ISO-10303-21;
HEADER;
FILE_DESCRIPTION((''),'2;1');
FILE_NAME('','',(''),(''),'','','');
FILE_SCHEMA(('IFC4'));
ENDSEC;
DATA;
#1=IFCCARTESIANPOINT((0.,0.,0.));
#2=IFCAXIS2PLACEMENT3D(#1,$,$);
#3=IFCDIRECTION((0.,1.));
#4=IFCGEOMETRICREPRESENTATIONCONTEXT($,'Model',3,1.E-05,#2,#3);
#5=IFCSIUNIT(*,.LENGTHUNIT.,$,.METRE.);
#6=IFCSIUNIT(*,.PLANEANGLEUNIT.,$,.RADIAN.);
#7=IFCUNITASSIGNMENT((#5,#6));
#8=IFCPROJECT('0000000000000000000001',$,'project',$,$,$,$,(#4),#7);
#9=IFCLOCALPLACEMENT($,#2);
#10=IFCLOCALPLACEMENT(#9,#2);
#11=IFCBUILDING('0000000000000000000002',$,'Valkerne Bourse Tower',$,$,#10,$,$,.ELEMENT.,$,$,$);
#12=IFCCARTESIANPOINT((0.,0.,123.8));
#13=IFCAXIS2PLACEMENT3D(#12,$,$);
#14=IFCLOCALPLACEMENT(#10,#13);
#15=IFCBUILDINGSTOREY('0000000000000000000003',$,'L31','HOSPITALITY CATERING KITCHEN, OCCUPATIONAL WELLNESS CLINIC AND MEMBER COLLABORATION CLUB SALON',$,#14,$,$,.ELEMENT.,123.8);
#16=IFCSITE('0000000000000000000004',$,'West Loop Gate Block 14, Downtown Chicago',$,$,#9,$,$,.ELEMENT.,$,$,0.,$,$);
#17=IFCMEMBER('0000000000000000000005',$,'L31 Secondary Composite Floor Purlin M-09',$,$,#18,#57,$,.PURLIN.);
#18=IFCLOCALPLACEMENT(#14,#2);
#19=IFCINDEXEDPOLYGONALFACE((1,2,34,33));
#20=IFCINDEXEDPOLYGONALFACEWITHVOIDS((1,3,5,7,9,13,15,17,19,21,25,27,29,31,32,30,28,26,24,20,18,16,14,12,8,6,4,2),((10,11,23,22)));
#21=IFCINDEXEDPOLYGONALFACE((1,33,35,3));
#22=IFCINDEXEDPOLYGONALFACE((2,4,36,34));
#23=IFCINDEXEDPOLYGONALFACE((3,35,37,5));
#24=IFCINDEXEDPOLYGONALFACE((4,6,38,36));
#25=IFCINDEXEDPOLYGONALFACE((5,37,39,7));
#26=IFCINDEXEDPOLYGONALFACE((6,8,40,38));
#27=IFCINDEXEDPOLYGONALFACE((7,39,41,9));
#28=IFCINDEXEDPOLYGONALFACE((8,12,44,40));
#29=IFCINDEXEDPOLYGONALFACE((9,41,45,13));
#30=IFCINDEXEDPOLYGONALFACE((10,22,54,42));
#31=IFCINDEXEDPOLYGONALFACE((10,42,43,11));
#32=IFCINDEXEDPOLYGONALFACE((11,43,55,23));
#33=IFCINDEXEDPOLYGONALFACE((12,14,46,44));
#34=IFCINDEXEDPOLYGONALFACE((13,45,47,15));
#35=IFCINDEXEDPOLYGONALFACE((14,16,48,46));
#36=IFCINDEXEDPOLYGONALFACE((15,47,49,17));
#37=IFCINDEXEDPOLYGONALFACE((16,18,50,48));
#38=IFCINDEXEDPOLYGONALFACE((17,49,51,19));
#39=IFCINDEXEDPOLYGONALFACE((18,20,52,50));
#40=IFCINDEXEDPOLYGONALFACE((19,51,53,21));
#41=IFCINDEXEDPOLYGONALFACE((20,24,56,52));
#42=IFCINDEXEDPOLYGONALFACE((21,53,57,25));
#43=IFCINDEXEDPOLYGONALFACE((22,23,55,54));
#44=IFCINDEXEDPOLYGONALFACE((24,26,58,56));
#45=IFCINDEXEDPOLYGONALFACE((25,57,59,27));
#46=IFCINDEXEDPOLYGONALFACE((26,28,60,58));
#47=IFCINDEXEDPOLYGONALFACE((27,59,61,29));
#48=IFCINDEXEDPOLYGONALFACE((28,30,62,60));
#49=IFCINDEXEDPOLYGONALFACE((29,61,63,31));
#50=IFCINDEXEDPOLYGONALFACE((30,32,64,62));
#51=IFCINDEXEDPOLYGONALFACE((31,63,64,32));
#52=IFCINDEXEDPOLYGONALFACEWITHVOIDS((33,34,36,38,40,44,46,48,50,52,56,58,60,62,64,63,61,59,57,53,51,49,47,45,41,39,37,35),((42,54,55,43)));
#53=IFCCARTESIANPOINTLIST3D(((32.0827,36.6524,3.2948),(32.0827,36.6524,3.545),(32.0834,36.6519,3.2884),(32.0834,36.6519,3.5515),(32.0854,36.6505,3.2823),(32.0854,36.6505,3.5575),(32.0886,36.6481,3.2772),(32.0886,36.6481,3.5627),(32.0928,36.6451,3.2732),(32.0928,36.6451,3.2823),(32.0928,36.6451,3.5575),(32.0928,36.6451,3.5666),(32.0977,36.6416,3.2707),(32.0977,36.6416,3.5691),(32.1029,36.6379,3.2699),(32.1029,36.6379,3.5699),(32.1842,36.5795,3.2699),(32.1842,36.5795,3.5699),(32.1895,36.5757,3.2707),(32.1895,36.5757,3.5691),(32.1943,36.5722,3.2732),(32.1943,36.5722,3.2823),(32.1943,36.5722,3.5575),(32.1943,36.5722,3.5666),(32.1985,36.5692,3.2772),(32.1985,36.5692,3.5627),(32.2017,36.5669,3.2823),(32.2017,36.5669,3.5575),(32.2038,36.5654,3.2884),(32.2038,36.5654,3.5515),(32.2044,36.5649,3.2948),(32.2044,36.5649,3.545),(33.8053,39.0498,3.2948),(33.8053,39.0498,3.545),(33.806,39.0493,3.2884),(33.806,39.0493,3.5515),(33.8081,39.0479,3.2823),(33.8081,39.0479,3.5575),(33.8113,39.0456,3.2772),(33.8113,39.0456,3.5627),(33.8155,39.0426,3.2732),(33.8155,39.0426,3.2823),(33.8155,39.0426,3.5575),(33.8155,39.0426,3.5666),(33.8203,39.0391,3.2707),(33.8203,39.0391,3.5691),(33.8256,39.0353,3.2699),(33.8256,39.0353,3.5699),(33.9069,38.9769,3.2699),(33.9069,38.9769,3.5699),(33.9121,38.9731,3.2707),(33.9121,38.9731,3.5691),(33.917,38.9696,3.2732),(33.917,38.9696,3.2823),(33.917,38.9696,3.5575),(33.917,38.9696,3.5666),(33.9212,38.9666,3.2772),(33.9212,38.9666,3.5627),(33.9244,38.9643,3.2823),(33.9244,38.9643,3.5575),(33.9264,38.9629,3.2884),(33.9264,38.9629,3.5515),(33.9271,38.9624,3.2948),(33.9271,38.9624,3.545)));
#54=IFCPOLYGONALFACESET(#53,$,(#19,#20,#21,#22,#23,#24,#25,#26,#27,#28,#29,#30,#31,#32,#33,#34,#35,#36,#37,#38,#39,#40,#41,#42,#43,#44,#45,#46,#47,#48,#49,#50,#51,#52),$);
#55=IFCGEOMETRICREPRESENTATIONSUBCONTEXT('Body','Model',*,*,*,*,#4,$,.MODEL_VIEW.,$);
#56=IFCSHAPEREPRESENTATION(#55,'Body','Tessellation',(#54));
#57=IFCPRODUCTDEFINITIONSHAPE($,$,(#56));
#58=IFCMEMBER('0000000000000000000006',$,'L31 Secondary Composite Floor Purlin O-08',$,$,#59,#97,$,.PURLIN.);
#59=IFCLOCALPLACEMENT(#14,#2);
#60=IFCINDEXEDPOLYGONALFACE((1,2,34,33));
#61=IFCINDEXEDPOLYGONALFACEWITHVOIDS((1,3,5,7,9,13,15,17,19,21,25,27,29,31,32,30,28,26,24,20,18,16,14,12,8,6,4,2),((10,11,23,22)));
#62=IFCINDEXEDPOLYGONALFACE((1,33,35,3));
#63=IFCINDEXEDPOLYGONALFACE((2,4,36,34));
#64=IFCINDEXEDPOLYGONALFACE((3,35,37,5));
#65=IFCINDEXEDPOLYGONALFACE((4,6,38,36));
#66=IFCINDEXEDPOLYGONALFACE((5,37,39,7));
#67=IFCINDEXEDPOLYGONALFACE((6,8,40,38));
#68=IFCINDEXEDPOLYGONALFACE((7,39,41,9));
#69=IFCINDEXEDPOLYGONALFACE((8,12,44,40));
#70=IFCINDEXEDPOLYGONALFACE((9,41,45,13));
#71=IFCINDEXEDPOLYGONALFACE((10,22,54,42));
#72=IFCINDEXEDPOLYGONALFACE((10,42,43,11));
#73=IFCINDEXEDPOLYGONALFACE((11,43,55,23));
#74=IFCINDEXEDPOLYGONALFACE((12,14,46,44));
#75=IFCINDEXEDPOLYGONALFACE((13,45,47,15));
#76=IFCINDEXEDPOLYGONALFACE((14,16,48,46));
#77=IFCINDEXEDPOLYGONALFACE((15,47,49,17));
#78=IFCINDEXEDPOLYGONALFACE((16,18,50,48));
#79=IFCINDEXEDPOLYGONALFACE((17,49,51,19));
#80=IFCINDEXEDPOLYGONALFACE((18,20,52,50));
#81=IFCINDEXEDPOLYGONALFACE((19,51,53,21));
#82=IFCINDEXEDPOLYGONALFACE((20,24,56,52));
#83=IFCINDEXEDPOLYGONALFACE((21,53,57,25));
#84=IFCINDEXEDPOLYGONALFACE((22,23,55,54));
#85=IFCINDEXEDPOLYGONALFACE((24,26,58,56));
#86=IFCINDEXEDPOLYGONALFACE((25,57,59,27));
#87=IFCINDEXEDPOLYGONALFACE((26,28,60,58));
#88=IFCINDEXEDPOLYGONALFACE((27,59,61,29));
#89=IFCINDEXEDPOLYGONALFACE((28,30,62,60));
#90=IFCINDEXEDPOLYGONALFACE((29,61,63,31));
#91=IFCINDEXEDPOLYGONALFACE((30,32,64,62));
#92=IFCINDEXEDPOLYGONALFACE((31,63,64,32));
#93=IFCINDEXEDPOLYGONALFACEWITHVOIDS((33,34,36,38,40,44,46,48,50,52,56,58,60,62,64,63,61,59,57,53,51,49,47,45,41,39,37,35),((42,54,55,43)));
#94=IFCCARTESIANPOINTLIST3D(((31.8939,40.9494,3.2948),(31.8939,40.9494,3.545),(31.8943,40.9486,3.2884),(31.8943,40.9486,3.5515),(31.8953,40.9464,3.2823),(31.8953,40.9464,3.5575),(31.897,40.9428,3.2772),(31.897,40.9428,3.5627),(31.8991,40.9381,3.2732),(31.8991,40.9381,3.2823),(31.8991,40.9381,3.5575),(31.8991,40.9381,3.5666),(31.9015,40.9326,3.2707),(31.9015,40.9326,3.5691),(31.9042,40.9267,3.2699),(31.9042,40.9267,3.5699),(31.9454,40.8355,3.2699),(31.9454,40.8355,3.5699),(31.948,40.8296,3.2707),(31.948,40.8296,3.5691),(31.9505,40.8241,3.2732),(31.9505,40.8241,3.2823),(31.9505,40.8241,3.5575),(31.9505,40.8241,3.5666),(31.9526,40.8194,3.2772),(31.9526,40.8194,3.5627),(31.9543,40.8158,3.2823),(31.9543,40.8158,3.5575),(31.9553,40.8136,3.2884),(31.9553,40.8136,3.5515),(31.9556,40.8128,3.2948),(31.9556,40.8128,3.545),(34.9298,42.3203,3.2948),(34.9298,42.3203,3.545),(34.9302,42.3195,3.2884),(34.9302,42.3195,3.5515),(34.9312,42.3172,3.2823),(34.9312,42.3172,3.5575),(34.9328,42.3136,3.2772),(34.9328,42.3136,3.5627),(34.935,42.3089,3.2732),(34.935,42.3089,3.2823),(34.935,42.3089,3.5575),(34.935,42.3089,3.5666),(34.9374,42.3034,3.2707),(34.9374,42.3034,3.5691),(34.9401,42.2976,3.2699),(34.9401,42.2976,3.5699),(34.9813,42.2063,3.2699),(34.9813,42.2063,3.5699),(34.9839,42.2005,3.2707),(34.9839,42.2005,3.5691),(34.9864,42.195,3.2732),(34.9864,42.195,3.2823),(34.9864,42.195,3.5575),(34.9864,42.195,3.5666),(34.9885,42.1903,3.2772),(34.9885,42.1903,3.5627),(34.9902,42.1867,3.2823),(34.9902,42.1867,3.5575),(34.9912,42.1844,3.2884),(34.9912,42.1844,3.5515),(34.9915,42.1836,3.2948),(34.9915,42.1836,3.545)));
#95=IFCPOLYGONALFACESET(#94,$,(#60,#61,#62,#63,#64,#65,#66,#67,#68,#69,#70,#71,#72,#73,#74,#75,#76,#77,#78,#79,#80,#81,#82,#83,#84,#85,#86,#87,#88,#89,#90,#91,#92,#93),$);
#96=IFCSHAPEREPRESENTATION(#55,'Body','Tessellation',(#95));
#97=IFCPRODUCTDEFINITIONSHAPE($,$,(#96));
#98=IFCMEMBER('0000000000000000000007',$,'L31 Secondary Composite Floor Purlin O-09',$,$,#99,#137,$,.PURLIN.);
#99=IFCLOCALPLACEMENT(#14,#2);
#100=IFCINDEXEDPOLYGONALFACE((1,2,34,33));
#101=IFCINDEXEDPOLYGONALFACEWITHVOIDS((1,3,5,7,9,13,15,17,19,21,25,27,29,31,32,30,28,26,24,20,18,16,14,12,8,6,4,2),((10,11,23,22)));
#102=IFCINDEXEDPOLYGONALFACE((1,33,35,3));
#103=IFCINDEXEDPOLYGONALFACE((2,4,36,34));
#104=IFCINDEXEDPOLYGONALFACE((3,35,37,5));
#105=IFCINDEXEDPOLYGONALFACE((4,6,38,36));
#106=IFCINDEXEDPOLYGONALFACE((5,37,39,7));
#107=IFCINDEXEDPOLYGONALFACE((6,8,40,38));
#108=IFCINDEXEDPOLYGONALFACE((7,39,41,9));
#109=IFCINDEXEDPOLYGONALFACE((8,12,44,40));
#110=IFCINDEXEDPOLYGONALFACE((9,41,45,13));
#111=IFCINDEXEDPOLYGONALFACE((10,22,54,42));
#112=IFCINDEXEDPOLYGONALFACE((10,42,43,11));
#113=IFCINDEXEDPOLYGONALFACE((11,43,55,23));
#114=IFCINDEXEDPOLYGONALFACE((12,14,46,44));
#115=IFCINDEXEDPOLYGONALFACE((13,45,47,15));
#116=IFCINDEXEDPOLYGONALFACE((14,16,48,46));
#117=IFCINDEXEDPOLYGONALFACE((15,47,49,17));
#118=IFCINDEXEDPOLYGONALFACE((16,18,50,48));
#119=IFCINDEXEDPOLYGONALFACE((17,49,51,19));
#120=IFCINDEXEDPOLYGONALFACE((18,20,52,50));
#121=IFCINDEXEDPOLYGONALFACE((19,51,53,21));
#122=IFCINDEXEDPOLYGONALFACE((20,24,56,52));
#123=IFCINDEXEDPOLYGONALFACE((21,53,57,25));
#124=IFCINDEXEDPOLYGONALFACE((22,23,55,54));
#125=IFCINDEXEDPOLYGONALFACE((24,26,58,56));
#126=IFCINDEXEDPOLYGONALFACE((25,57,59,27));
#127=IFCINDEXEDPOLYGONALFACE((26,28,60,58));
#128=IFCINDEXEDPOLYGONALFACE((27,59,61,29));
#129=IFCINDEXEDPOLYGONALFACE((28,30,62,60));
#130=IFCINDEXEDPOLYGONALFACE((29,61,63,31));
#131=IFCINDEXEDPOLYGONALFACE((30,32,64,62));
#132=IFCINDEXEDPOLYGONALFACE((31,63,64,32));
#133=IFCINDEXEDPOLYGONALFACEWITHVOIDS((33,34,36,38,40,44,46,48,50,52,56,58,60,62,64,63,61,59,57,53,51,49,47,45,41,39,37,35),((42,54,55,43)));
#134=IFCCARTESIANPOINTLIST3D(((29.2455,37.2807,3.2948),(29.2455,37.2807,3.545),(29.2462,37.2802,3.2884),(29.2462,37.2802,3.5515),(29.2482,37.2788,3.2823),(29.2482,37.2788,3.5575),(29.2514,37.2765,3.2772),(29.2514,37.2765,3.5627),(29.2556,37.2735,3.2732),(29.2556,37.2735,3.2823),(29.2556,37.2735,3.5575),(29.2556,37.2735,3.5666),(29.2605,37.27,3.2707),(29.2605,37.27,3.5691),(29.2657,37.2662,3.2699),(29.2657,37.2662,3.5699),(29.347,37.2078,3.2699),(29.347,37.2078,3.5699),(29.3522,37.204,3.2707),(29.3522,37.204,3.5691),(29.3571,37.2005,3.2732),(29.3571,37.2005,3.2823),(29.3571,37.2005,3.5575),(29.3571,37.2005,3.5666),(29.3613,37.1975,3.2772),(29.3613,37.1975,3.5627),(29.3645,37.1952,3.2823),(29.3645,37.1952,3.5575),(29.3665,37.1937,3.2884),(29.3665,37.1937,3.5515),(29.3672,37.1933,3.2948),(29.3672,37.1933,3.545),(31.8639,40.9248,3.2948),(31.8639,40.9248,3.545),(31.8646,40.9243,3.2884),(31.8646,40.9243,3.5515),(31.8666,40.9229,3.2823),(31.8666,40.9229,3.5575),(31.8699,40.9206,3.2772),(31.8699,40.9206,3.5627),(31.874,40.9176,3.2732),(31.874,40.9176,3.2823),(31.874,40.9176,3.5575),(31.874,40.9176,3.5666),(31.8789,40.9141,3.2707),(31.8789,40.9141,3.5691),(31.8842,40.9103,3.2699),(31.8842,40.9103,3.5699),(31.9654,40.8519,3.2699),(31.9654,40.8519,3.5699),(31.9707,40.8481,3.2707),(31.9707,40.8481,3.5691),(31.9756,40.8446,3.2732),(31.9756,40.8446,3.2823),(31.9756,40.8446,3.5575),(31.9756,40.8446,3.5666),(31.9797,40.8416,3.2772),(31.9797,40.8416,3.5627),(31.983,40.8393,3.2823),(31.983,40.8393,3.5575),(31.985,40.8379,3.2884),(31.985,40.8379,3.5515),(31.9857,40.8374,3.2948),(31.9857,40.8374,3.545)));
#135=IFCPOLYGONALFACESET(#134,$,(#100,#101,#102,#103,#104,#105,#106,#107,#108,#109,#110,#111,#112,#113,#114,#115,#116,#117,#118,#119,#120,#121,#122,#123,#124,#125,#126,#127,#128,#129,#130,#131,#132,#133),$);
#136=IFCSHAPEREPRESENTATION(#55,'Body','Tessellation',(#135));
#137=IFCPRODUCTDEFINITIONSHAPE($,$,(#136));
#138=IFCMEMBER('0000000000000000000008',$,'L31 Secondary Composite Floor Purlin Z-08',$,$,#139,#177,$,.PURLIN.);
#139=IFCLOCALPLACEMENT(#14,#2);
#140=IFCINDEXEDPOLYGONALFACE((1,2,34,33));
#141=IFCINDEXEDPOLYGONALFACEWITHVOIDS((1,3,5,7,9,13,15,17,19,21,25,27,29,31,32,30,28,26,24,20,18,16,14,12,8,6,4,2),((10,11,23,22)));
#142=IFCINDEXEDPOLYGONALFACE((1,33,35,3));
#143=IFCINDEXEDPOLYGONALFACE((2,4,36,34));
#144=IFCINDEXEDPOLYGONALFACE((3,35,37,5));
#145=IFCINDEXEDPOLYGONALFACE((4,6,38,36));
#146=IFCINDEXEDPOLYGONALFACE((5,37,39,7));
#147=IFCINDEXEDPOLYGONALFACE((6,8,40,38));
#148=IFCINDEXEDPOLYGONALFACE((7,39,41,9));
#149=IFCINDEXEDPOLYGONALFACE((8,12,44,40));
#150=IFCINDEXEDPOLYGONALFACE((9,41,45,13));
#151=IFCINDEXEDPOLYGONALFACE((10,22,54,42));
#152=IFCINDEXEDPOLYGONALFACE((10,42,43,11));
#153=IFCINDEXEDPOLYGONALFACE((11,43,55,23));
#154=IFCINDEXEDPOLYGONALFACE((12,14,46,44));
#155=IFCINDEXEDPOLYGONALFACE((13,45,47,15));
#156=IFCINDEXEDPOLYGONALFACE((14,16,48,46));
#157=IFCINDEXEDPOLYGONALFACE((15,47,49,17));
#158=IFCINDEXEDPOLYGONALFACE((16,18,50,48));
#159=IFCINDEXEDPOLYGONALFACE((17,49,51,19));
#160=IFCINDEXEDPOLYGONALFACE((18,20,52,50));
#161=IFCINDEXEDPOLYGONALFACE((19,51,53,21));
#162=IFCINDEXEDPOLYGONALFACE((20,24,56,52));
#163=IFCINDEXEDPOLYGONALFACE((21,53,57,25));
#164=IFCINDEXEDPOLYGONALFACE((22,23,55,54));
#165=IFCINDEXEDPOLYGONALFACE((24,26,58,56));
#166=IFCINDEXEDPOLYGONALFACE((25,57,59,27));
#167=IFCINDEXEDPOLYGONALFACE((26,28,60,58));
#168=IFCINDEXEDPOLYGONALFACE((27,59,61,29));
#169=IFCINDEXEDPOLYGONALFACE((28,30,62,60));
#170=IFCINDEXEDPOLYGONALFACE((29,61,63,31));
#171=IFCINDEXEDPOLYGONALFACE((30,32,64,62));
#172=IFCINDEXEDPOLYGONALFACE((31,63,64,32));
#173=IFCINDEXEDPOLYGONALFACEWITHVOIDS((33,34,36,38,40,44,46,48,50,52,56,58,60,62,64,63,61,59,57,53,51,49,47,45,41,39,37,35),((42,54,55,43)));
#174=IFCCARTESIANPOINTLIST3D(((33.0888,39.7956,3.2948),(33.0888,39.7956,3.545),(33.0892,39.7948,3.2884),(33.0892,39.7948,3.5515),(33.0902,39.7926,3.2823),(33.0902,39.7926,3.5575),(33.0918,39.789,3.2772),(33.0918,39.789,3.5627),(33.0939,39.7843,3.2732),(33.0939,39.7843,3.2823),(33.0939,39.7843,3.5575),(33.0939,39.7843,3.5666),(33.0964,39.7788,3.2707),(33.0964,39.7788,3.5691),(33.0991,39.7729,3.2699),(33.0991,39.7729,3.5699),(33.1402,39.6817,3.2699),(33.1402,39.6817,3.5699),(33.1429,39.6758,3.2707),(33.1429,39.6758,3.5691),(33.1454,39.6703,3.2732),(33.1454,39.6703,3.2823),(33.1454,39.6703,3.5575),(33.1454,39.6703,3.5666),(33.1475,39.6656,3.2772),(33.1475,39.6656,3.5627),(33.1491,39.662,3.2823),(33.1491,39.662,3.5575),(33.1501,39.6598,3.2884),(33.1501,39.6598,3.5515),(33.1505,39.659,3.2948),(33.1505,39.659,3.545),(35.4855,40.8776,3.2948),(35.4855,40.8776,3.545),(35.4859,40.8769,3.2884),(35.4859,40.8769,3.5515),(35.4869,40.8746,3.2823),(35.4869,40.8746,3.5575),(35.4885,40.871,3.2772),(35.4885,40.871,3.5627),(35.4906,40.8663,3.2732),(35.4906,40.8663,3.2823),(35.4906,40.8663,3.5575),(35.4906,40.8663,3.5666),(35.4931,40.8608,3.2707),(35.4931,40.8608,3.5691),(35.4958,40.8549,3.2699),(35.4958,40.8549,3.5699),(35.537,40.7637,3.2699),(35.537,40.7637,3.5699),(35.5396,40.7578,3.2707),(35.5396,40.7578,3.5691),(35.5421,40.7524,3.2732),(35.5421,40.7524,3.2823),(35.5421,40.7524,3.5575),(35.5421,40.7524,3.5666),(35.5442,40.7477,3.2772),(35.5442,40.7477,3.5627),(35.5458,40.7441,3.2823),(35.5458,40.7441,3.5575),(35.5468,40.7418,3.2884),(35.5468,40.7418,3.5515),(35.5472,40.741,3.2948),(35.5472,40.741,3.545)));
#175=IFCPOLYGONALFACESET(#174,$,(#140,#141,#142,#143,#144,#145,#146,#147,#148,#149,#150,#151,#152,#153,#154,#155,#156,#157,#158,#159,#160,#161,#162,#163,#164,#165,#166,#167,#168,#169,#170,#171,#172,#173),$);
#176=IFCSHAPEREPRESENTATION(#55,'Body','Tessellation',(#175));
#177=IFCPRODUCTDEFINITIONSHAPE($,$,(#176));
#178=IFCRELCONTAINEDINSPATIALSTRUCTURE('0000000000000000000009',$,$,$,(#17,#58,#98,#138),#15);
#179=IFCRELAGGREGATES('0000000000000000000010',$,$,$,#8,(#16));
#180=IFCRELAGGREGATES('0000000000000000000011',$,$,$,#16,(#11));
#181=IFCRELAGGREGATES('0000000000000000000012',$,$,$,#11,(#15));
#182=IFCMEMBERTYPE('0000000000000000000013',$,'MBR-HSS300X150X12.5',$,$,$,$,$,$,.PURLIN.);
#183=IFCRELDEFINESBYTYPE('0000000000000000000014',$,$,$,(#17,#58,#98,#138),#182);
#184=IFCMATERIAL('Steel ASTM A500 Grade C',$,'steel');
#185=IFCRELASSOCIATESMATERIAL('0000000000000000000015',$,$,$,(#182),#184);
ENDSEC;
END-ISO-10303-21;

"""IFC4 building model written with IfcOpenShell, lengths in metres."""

from ifc_helpers import new_model, si_unit, direction, frame, origin, origin_2d, place, context, subcontext, project, spatial, hollow_rectangle, extrude, material, material_profile, profile_set, type_object, element, save


model = new_model("IFC4")

# Units and contexts
model_context = context("Model", 3, precision=1e-05, world=origin(), true_north=direction((0.0, 1.0)))
body_context = subcontext(model_context, "Body", "Model", "MODEL_VIEW")
ifc_project = project(units=[si_unit("LENGTHUNIT", "METRE"), si_unit("PLANEANGLEUNIT", "RADIAN")], contexts=[model_context])

# Site, building, storey
site_placement = place(None, origin())
site = spatial("IfcSite", under=ifc_project, at=site_placement, Name="West Loop Gate Block 14, Downtown Chicago", CompositionType="ELEMENT", RefElevation=0.0)
building_placement = place(site_placement, origin())
building = spatial("IfcBuilding", under=site, at=building_placement, Name="Valkerne Bourse Tower", CompositionType="ELEMENT")
storey_placement = place(building_placement, frame((0.0, 0.0, 123.8)))
storey = spatial("IfcBuildingStorey", under=building, at=storey_placement, Name="L31", Description="HOSPITALITY CATERING KITCHEN, OCCUPATIONAL WELLNESS CLINIC AND MEMBER COLLABORATION CLUB SALON", CompositionType="ELEMENT", Elevation=123.8)

# Members
ifc_material_1 = material(Name="Steel ASTM A500 Grade C", Category="steel")
ifc_material_profile_1 = material_profile(ifc_material_1, hollow_rectangle(XDim=0.1499, YDim=0.3, WallThickness=0.0125, OuterFilletRadius=0.0249, at=origin_2d()), Name="HSS300X150X12.5")
ifc_profile_set_1 = profile_set([ifc_material_profile_1], Name="Steel ASTM A500 Grade C")
member_type_1 = type_object("IfcMemberType", Name="MBR-HSS300X150X12.5", PredefinedType="PURLIN", material=ifc_profile_set_1)
member_1_placement = place(storey_placement, frame((33.8662, 39.0061, 3.4199), z_axis=(-0.58352, -0.812099, 0.0), x_axis=(0.812099, -0.58352, 0.0)))
element("IfcMember", 1, at=member_1_placement, inside=storey, type_object=member_type_1, Name="L31 Secondary Composite Floor Purlin M-09", PredefinedType="PURLIN", context=body_context, shape_type="SweptSolid", body=[
    extrude(hollow_rectangle(XDim=0.1499, YDim=0.3, WallThickness=0.0125, OuterFilletRadius=0.0249, at=origin_2d()), origin(), (0.0, 0.0, 1.0), 2.9521),
])
member_2_placement = place(storey_placement, frame((34.9607, 42.252, 3.4199), z_axis=(-0.911393, -0.411538, 0.0), x_axis=(0.411538, -0.911393, 0.0)))
element("IfcMember", 2, at=member_2_placement, inside=storey, type_object=member_type_1, Name="L31 Secondary Composite Floor Purlin O-08", PredefinedType="PURLIN", context=body_context, shape_type="SweptSolid", body=[
    extrude(hollow_rectangle(XDim=0.1499, YDim=0.3, WallThickness=0.0125, OuterFilletRadius=0.0249, at=origin_2d()), origin(), (0.0, 0.0, 1.0), 3.3311),
])
member_3_placement = place(storey_placement, frame((31.9248, 40.8811, 3.4199), z_axis=(-0.583526, -0.812094, 0.0), x_axis=(0.812094, -0.583526, 0.0)))
element("IfcMember", 3, at=member_3_placement, inside=storey, type_object=member_type_1, Name="L31 Secondary Composite Floor Purlin O-09", PredefinedType="PURLIN", context=body_context, shape_type="SweptSolid", body=[
    extrude(hollow_rectangle(XDim=0.1499, YDim=0.3, WallThickness=0.0125, OuterFilletRadius=0.0249, at=origin_2d()), origin(), (0.0, 0.0, 1.0), 4.4873),
])
member_4_placement = place(storey_placement, frame((35.5164, 40.8093, 3.4199), z_axis=(-0.911422, -0.411472, 0.0), x_axis=(0.411472, -0.911422, 0.0)))
element("IfcMember", 4, at=member_4_placement, inside=storey, type_object=member_type_1, Name="L31 Secondary Composite Floor Purlin Z-08", PredefinedType="PURLIN", context=body_context, shape_type="SweptSolid", body=[
    extrude(hollow_rectangle(XDim=0.1499, YDim=0.3, WallThickness=0.0125, OuterFilletRadius=0.0249, at=origin_2d()), origin(), (0.0, 0.0, 1.0), 2.6296),
])

save(model, "model.ifc")
